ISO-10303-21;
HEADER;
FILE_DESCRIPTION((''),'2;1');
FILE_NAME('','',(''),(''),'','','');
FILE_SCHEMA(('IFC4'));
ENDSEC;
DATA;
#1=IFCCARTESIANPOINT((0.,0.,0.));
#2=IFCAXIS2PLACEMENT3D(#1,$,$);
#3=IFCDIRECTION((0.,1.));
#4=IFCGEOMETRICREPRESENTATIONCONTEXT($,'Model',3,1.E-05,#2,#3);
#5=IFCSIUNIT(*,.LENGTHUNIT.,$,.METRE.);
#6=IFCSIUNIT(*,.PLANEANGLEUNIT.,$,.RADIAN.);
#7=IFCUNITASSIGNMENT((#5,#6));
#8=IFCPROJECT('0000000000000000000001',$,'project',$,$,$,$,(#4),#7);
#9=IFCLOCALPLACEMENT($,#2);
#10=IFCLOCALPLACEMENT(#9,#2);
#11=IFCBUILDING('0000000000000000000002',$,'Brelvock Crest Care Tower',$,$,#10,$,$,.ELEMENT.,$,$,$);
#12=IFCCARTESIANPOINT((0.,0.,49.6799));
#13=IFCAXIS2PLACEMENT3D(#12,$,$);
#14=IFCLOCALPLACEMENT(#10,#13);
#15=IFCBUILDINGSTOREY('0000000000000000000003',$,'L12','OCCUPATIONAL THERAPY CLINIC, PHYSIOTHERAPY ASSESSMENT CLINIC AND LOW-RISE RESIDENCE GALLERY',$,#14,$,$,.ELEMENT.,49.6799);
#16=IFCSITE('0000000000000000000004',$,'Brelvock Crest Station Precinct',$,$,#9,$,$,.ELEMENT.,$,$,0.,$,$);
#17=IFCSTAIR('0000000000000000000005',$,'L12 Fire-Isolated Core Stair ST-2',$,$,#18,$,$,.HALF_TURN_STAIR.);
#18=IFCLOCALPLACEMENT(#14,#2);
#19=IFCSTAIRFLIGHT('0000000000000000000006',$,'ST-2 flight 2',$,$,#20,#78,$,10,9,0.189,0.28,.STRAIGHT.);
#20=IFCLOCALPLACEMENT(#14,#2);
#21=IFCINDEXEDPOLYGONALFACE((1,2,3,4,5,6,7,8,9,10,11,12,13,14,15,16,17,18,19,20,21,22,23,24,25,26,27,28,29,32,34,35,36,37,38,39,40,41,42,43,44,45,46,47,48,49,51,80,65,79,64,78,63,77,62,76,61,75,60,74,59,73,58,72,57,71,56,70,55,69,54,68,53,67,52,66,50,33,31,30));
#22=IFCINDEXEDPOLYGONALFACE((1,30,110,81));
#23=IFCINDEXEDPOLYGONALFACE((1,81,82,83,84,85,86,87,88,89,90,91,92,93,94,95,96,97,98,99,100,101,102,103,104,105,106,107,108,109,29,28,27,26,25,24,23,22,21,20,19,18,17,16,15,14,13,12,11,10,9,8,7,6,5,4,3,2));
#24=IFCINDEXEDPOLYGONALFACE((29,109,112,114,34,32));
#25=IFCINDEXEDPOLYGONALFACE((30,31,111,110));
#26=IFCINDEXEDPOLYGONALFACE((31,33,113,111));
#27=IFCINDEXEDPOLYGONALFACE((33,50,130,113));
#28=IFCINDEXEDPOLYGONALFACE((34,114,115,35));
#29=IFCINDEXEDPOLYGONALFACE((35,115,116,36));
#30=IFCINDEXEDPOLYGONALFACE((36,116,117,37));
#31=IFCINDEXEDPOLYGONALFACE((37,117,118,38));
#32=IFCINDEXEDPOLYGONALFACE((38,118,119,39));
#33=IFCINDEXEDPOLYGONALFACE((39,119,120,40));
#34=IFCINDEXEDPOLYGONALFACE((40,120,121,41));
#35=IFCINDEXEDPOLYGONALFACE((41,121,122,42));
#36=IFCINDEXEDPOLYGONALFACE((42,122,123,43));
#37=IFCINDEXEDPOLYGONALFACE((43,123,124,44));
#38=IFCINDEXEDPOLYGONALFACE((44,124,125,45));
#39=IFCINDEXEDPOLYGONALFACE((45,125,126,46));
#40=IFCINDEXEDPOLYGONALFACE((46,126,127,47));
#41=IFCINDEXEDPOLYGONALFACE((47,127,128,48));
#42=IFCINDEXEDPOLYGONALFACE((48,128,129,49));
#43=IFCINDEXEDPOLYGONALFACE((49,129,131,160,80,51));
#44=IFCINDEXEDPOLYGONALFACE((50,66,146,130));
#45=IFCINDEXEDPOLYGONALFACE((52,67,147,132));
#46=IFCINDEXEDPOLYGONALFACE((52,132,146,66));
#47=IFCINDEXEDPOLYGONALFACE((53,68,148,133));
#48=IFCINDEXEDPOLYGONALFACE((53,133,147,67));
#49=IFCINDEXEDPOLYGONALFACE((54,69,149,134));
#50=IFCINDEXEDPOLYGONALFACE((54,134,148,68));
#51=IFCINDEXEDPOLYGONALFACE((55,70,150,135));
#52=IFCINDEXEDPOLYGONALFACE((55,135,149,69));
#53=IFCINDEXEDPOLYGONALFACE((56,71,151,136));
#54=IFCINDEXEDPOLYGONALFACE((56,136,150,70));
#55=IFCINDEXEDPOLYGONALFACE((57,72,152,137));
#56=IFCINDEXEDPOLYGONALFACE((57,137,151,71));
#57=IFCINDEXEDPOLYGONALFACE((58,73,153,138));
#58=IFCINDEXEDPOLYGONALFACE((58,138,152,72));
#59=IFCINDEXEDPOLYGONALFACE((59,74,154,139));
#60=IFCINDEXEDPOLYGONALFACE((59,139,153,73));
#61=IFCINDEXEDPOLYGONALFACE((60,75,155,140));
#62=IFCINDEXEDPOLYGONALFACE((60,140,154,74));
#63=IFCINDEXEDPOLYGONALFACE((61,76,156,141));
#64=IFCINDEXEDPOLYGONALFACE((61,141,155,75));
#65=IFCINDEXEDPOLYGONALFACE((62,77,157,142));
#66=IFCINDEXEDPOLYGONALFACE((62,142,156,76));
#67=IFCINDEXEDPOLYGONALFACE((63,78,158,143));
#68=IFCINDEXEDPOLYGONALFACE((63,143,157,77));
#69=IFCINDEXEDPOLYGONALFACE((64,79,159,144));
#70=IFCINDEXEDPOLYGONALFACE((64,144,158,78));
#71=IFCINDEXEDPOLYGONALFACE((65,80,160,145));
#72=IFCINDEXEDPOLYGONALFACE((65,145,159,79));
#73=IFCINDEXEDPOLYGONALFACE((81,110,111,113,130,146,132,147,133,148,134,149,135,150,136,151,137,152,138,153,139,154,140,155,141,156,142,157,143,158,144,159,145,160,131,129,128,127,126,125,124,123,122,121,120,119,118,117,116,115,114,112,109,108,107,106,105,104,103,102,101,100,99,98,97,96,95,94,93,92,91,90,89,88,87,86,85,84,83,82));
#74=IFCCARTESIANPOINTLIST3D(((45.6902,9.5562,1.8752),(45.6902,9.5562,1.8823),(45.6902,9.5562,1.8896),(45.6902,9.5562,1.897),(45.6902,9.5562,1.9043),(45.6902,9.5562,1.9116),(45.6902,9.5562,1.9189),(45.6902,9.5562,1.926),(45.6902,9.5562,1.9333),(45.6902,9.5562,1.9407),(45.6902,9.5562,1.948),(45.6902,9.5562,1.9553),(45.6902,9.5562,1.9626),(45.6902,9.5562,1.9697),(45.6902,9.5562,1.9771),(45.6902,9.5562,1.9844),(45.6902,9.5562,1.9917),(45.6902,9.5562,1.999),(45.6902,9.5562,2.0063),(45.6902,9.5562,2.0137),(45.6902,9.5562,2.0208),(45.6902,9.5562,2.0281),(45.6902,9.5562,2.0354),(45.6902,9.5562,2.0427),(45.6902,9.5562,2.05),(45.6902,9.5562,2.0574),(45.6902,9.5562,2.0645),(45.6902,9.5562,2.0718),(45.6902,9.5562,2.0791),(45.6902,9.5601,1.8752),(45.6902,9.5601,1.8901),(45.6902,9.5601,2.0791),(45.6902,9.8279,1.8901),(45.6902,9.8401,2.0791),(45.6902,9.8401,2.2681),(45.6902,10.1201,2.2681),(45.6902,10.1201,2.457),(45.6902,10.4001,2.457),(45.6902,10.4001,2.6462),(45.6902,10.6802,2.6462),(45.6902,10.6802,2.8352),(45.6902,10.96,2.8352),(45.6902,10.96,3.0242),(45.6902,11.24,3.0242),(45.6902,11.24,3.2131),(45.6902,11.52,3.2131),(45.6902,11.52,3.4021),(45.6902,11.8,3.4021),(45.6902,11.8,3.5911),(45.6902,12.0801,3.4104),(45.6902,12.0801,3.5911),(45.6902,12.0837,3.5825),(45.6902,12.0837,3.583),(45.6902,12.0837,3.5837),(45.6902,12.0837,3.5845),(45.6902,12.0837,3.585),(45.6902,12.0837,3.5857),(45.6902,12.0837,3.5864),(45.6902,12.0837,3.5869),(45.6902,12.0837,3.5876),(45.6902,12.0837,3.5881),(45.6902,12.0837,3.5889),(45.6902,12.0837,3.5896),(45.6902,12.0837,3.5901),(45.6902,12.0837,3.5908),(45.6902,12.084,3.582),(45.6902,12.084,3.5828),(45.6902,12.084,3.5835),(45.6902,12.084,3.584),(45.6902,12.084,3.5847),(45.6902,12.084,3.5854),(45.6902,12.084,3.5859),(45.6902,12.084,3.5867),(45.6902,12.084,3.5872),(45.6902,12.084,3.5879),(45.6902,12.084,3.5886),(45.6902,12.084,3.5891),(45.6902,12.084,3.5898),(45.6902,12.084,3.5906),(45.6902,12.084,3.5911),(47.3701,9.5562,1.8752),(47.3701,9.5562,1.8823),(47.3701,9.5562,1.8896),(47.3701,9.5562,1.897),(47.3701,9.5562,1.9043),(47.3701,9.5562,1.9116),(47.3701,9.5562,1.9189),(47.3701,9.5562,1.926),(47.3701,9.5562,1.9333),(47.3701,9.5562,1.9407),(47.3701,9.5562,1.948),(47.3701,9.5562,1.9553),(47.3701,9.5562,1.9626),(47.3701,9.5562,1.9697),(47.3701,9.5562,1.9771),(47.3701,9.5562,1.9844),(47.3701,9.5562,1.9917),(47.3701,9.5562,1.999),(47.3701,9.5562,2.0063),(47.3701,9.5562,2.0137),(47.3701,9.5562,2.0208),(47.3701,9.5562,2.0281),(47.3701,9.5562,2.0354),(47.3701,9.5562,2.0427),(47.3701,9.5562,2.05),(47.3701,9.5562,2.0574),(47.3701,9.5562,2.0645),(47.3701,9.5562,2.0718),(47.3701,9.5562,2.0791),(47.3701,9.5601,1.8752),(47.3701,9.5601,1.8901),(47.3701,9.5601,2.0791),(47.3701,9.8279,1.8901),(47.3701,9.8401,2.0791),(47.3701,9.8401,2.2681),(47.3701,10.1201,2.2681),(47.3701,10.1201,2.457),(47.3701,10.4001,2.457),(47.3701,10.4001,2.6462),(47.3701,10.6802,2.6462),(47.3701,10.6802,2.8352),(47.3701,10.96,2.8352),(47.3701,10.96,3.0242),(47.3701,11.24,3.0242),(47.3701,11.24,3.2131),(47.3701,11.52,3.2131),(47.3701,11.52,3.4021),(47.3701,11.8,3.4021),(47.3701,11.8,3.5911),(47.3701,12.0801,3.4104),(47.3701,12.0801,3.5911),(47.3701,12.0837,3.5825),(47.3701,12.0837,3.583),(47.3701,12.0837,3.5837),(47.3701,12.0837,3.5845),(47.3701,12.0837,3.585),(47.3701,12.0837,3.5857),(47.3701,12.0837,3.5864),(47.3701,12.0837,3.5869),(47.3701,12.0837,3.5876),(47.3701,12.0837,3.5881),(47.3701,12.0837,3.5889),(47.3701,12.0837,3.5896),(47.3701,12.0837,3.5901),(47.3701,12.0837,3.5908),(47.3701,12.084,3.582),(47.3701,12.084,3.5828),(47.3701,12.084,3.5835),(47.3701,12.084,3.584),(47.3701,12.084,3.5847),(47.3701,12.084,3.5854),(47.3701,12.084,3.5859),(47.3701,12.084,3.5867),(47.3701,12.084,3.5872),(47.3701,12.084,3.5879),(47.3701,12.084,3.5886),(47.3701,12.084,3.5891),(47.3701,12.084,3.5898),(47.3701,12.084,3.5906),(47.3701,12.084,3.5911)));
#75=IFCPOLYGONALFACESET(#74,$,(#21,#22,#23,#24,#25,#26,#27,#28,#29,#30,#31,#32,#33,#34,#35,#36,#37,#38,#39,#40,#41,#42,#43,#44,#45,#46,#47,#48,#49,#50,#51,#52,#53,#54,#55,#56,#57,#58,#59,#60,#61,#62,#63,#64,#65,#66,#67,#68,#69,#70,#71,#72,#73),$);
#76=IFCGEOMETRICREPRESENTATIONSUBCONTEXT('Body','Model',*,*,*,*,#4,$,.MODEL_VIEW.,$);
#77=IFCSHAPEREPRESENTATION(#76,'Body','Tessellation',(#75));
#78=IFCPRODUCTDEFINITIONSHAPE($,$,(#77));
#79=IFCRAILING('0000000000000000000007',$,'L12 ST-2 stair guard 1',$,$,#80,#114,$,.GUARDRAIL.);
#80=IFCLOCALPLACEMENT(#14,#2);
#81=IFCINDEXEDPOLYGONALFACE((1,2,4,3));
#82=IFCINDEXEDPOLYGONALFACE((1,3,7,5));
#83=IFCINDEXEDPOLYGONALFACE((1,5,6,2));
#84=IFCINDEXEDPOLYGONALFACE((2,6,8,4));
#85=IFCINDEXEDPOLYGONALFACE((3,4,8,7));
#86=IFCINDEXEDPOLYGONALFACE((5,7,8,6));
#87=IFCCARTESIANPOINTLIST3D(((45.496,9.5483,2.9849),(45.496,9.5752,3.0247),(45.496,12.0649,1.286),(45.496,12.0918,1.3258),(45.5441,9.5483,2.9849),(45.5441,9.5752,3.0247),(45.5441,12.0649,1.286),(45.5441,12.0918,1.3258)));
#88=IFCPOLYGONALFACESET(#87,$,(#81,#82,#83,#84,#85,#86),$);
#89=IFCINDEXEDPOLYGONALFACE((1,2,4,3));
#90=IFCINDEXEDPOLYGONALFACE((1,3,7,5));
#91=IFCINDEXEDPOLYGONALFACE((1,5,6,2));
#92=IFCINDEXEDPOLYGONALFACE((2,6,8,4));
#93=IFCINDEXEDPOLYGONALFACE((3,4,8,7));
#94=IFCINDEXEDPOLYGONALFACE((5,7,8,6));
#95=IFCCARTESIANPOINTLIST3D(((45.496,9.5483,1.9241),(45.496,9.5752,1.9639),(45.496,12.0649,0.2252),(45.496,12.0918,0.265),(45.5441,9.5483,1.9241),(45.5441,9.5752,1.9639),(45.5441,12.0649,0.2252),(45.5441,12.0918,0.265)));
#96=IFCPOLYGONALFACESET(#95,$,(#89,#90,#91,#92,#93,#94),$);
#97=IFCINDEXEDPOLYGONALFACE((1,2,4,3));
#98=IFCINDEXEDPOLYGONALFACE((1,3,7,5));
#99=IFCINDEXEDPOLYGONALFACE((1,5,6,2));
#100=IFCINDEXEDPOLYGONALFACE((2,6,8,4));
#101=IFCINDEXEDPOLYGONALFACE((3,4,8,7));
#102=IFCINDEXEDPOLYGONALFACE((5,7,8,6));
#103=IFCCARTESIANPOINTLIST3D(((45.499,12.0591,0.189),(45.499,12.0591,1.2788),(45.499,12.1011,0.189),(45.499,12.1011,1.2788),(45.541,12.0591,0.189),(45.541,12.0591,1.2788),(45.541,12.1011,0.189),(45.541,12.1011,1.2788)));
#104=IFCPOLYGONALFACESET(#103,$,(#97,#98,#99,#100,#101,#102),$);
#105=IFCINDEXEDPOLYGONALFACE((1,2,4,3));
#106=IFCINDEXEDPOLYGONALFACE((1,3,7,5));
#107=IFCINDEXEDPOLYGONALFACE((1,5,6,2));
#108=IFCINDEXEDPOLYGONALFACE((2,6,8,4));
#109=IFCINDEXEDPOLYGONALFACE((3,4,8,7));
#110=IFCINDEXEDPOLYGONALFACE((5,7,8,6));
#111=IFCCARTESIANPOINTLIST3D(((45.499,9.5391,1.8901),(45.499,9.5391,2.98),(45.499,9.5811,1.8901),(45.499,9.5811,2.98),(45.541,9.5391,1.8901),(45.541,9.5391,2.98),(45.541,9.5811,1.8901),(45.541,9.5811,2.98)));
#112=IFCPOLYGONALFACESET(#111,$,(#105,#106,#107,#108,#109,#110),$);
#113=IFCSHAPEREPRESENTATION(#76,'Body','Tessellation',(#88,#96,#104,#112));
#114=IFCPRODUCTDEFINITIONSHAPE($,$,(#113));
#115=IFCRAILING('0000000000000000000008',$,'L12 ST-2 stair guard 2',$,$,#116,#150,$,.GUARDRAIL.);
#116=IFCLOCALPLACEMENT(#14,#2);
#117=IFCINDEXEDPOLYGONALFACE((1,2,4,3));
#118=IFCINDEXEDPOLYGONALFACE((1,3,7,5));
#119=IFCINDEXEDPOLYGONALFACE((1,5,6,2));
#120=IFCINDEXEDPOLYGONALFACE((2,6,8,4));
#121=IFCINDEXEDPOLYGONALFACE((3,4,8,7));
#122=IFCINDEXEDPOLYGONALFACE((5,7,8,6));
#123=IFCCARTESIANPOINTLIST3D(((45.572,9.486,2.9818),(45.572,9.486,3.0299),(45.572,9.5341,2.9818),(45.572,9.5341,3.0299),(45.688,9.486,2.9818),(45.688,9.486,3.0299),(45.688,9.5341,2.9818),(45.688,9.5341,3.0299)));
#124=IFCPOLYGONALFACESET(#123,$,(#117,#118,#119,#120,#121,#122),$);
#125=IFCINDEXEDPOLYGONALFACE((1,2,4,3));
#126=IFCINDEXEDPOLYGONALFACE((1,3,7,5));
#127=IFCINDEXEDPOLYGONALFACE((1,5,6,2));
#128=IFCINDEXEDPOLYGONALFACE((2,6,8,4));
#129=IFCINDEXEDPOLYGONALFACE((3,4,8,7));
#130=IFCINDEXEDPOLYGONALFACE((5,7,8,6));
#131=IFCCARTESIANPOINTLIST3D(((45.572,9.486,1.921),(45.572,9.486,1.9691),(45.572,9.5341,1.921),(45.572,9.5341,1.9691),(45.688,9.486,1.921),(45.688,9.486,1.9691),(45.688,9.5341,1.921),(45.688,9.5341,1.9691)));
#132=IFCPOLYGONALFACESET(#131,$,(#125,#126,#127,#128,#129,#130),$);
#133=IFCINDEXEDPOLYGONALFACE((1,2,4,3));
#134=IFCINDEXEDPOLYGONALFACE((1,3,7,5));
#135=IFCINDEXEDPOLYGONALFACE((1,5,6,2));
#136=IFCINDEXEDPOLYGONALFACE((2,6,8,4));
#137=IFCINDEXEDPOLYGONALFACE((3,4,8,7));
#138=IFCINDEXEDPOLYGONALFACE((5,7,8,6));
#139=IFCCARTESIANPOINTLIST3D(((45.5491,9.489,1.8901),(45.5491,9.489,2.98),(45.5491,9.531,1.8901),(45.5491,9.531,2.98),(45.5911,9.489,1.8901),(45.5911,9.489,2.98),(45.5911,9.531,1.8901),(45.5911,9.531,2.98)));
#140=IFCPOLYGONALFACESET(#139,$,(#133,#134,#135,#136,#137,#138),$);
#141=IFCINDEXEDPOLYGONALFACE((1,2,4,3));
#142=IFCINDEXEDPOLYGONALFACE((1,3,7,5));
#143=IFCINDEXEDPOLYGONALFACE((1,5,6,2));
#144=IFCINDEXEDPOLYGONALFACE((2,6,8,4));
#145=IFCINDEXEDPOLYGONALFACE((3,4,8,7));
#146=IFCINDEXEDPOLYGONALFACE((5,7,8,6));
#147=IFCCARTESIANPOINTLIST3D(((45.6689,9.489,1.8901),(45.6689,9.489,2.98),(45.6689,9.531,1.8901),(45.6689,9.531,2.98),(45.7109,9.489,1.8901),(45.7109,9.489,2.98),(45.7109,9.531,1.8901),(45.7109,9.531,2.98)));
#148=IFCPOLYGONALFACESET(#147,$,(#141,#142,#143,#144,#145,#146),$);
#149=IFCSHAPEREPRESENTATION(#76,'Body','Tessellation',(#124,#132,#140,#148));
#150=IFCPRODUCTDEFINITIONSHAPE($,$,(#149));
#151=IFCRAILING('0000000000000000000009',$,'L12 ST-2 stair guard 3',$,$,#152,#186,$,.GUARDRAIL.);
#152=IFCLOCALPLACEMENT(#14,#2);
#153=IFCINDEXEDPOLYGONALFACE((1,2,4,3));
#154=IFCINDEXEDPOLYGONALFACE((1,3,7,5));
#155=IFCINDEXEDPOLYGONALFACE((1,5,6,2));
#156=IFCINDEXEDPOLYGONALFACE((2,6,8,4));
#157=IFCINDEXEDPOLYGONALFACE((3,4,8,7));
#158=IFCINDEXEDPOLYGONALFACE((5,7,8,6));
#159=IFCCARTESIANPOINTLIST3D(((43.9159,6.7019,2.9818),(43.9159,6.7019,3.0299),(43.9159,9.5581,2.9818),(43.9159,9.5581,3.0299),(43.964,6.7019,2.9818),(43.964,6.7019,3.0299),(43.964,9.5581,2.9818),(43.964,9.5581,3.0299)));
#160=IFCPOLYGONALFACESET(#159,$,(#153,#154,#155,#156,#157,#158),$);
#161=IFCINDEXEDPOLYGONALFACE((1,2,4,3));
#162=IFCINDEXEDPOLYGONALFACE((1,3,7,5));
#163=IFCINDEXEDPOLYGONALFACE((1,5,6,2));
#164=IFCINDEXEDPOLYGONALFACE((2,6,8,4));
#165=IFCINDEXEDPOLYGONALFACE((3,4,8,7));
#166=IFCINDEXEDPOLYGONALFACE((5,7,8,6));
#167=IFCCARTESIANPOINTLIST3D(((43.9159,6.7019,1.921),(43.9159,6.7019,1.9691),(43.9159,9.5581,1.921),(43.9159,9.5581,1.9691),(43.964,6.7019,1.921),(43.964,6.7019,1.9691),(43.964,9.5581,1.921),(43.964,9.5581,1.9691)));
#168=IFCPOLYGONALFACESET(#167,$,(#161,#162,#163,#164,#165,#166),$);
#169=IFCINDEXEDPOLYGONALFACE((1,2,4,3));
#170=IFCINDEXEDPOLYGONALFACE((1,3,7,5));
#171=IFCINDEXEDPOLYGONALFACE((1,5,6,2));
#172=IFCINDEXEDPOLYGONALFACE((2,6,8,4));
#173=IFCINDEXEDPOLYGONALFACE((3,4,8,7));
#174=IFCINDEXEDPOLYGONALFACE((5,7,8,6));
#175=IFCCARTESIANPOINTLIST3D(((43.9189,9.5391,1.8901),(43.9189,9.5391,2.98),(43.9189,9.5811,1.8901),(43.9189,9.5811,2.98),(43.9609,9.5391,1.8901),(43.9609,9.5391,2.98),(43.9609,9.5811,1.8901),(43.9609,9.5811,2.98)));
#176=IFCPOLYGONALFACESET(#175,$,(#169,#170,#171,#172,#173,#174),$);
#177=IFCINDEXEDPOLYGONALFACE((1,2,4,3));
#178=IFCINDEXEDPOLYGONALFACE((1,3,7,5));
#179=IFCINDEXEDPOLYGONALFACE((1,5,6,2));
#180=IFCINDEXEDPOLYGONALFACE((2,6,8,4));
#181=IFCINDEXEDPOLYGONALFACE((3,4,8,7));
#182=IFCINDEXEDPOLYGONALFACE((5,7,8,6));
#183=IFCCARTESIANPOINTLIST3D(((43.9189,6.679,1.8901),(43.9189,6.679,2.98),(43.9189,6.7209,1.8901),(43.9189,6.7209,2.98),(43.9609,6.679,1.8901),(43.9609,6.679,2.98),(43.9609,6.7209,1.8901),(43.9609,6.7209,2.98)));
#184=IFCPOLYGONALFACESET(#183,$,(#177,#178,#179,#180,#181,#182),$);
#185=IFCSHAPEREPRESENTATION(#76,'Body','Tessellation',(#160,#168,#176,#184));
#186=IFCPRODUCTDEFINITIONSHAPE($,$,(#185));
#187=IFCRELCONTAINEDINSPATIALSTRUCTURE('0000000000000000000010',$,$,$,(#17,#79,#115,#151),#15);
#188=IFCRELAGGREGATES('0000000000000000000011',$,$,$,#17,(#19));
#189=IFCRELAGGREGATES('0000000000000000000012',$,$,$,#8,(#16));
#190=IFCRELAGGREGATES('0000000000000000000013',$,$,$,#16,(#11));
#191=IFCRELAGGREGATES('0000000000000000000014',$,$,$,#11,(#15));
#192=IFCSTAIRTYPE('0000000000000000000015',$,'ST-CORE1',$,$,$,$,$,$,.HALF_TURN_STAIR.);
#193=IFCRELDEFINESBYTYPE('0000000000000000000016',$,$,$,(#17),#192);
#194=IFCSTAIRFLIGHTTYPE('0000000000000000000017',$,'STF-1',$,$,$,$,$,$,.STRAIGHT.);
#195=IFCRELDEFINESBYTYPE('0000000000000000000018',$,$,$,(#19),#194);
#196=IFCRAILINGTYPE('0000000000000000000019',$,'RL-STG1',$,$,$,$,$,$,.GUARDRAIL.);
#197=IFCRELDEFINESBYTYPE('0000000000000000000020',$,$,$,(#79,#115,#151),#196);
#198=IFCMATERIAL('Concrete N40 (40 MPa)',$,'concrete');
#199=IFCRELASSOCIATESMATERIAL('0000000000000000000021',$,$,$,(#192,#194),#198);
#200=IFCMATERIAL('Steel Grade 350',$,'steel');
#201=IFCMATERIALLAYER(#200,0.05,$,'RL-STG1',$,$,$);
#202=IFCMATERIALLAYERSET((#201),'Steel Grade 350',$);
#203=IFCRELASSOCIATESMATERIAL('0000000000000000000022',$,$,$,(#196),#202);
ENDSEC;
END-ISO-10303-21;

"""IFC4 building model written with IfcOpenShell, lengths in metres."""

from ifc_helpers import new_model, si_unit, direction, frame, origin, origin_2d, place, context, subcontext, project, spatial, polyline, rectangle, outline, extrude, material, layer, layer_set, type_object, element, aggregate, save


model = new_model("IFC4")

# Units and contexts
model_context = context("Model", 3, precision=1e-05, world=origin(), true_north=direction((0.0, 1.0)))
body_context = subcontext(model_context, "Body", "Model", "MODEL_VIEW")
ifc_project = project(units=[si_unit("LENGTHUNIT", "METRE"), si_unit("PLANEANGLEUNIT", "RADIAN")], contexts=[model_context])

# Site, building, storey
site_placement = place(None, origin())
site = spatial("IfcSite", under=ifc_project, at=site_placement, Name="Brelvock Crest Station Precinct", CompositionType="ELEMENT", RefElevation=0.0)
building_placement = place(site_placement, origin())
building = spatial("IfcBuilding", under=site, at=building_placement, Name="Brelvock Crest Care Tower", CompositionType="ELEMENT")
storey_placement = place(building_placement, frame((0.0, 0.0, 49.6799)))
storey = spatial("IfcBuildingStorey", under=building, at=storey_placement, Name="L12", Description="OCCUPATIONAL THERAPY CLINIC, PHYSIOTHERAPY ASSESSMENT CLINIC AND LOW-RISE RESIDENCE GALLERY", CompositionType="ELEMENT", Elevation=49.6799)

# Shared definitions
ifc_material_1 = material(Name="Steel Grade 350", Category="steel")

# Stair, stair flight
ifc_material_2 = material(Name="Concrete N40 (40 MPa)", Category="concrete")
stair_type = type_object("IfcStairType", Name="ST-CORE1", PredefinedType="HALF_TURN_STAIR", material=ifc_material_2)
stair_placement = place(storey_placement, origin())
stair = element("IfcStair", 1, at=stair_placement, inside=storey, type_object=stair_type, Name="L12 Fire-Isolated Core Stair ST-2", PredefinedType="HALF_TURN_STAIR")
stair_flight_type = type_object("IfcStairFlightType", Name="STF-1", PredefinedType="STRAIGHT", material=ifc_material_2)
stair_flight_1_placement = place(storey_placement, frame((46.53, 9.5601, 1.8901), z_axis=(0.0, 0.0, 1.0), x_axis=(0.0, 1.0, 0.0)))
stair_flight_1 = element("IfcStairFlight", 2, at=stair_flight_1_placement, type_object=stair_flight_type, Name="ST-2 flight 2", NumberOfRisers=10, NumberOfTreads=9, PredefinedType="STRAIGHT", RiserHeight=0.189, TreadLength=0.28, context=body_context, shape_type="SweptSolid", body=[
    extrude(outline(polyline([(-0.0039, -0.0149), (-0.0039, -0.0078), (-0.0039, -0.0005), (-0.0039, 0.0068), (-0.0039, 0.0142), (-0.0039, 0.0215), (-0.0039, 0.0288), (-0.0039, 0.0359), (-0.0039, 0.0432), (-0.0039, 0.0505), (-0.0039, 0.0579), (-0.0039, 0.0652), (-0.0039, 0.0725), (-0.0039, 0.0796), (-0.0039, 0.0869), (-0.0039, 0.0942), (-0.0039, 0.1016), (-0.0039, 0.1089), (-0.0039, 0.1162), (-0.0039, 0.1235), (-0.0039, 0.1306), (-0.0039, 0.1379), (-0.0039, 0.1453), (-0.0039, 0.1526), (-0.0039, 0.1599), (-0.0039, 0.1672), (-0.0039, 0.1743), (-0.0039, 0.1816), (-0.0039, 0.189), (0.0, 0.189), (0.28, 0.189), (0.28, 0.3779), (0.5601, 0.3779), (0.5601, 0.5669), (0.8401, 0.5669), (0.8401, 0.7561), (1.1201, 0.7561), (1.1201, 0.9451), (1.3999, 0.9451), (1.3999, 1.134), (1.6799, 1.134), (1.6799, 1.323), (1.96, 1.323), (1.96, 1.512), (2.24, 1.512), (2.24, 1.7009), (2.52, 1.7009), (2.5239, 1.7009), (2.5237, 1.7007), (2.5239, 1.7004), (2.5237, 1.7), (2.5239, 1.6997), (2.5237, 1.6995), (2.5239, 1.699), (2.5237, 1.6987), (2.5239, 1.6985), (2.5237, 1.698), (2.5239, 1.6978), (2.5237, 1.6975), (2.5239, 1.697), (2.5237, 1.6968), (2.5239, 1.6965), (2.5237, 1.6963), (2.5239, 1.6958), (2.5237, 1.6956), (2.5239, 1.6953), (2.5237, 1.6948), (2.5239, 1.6946), (2.5237, 1.6943), (2.5239, 1.6938), (2.5237, 1.6936), (2.5239, 1.6934), (2.5237, 1.6929), (2.5239, 1.6926), (2.5237, 1.6924), (2.5239, 1.6919), (2.52, 1.5203), (0.2678, 0.0), (0.0, 0.0), (0.0, -0.0149), (-0.0039, -0.0149)])), frame((0.0, 0.8398, 0.0), z_axis=(0.0, -1.0, 0.0), x_axis=(1.0, 0.0, 0.0)), (0.0, 0.0, 1.0), 1.6799),
])
aggregate(stair, [stair_flight_1])

# Railings
ifc_layer_1 = layer(ifc_material_1, 0.05, Name="RL-STG1")
ifc_layer_set_1 = layer_set([ifc_layer_1], Name="Steel Grade 350")
railing_type_1 = type_object("IfcRailingType", Name="RL-STG1", PredefinedType="GUARDRAIL", material=ifc_layer_set_1)
railing_1_placement = place(storey_placement, frame((45.52, 12.0801, 0.189)))
element("IfcRailing", 3, at=railing_1_placement, inside=storey, type_object=railing_type_1, Name="L12 ST-2 stair guard 1", PredefinedType="GUARDRAIL", context=body_context, shape_type="SweptSolid", body=[
    extrude(rectangle(XDim=0.0481, YDim=0.0481, at=origin_2d()), frame((0.0, -0.0017, 1.1169), z_axis=(0.0, -0.828824, 0.559509), x_axis=(1.0, 0.0, 0.0)), (0.0, 0.0, 1.0), 3.0364),
    extrude(rectangle(XDim=0.0481, YDim=0.0481, at=origin_2d()), frame((0.0, -0.0017, 0.0562), z_axis=(0.0, -0.828824, 0.559509), x_axis=(1.0, 0.0, 0.0)), (0.0, 0.0, 1.0), 3.0364),
    extrude(rectangle(XDim=0.042, YDim=0.042, at=origin_2d()), origin(), (0.0, 0.0, 1.0), 1.0898),
    extrude(rectangle(XDim=0.042, YDim=0.042, at=origin_2d()), frame((0.0, -2.52, 1.7012)), (0.0, 0.0, 1.0), 1.0898),
])
railing_2_placement = place(storey_placement, frame((45.5701, 9.51, 1.8901)))
element("IfcRailing", 4, at=railing_2_placement, inside=storey, type_object=railing_type_1, Name="L12 ST-2 stair guard 2", PredefinedType="GUARDRAIL", context=body_context, shape_type="SweptSolid", body=[
    extrude(rectangle(XDim=0.0481, YDim=0.0481, at=origin_2d()), frame((0.002, 0.0, 1.1157), z_axis=(1.0, 0.0, 0.0), x_axis=(0.0, 1.0, 0.0)), (0.0, 0.0, 1.0), 0.116),
    extrude(rectangle(XDim=0.0481, YDim=0.0481, at=origin_2d()), frame((0.002, 0.0, 0.0549), z_axis=(1.0, 0.0, 0.0), x_axis=(0.0, 1.0, 0.0)), (0.0, 0.0, 1.0), 0.116),
    extrude(rectangle(XDim=0.042, YDim=0.042, at=origin_2d()), origin(), (0.0, 0.0, 1.0), 1.0898),
    extrude(rectangle(XDim=0.042, YDim=0.042, at=origin_2d()), frame((0.1199, 0.0, 0.0)), (0.0, 0.0, 1.0), 1.0898),
])
for number, where, name in (
    (5, (43.9399, 9.5601, 1.8901), "L12 ST-2 stair guard 3"),
):
    element("IfcRailing", number, at=place(storey_placement, frame(where)), inside=storey, type_object=railing_type_1, Name=name, PredefinedType="GUARDRAIL", context=body_context, shape_type="SweptSolid", body=[
        extrude(rectangle(XDim=0.0481, YDim=0.0481, at=origin_2d()), frame((0.0, -0.002, 1.1157), z_axis=(0.0, -1.0, 0.0), x_axis=(1.0, 0.0, 0.0)), (0.0, 0.0, 1.0), 2.8562),
        extrude(rectangle(XDim=0.0481, YDim=0.0481, at=origin_2d()), frame((0.0, -0.002, 0.0549), z_axis=(0.0, -1.0, 0.0), x_axis=(1.0, 0.0, 0.0)), (0.0, 0.0, 1.0), 2.8562),
        extrude(rectangle(XDim=0.042, YDim=0.042, at=origin_2d()), origin(), (0.0, 0.0, 1.0), 1.0898),
        extrude(rectangle(XDim=0.042, YDim=0.042, at=origin_2d()), frame((0.0, -2.8601, 0.0)), (0.0, 0.0, 1.0), 1.0898),
    ])

save(model, "model.ifc")
